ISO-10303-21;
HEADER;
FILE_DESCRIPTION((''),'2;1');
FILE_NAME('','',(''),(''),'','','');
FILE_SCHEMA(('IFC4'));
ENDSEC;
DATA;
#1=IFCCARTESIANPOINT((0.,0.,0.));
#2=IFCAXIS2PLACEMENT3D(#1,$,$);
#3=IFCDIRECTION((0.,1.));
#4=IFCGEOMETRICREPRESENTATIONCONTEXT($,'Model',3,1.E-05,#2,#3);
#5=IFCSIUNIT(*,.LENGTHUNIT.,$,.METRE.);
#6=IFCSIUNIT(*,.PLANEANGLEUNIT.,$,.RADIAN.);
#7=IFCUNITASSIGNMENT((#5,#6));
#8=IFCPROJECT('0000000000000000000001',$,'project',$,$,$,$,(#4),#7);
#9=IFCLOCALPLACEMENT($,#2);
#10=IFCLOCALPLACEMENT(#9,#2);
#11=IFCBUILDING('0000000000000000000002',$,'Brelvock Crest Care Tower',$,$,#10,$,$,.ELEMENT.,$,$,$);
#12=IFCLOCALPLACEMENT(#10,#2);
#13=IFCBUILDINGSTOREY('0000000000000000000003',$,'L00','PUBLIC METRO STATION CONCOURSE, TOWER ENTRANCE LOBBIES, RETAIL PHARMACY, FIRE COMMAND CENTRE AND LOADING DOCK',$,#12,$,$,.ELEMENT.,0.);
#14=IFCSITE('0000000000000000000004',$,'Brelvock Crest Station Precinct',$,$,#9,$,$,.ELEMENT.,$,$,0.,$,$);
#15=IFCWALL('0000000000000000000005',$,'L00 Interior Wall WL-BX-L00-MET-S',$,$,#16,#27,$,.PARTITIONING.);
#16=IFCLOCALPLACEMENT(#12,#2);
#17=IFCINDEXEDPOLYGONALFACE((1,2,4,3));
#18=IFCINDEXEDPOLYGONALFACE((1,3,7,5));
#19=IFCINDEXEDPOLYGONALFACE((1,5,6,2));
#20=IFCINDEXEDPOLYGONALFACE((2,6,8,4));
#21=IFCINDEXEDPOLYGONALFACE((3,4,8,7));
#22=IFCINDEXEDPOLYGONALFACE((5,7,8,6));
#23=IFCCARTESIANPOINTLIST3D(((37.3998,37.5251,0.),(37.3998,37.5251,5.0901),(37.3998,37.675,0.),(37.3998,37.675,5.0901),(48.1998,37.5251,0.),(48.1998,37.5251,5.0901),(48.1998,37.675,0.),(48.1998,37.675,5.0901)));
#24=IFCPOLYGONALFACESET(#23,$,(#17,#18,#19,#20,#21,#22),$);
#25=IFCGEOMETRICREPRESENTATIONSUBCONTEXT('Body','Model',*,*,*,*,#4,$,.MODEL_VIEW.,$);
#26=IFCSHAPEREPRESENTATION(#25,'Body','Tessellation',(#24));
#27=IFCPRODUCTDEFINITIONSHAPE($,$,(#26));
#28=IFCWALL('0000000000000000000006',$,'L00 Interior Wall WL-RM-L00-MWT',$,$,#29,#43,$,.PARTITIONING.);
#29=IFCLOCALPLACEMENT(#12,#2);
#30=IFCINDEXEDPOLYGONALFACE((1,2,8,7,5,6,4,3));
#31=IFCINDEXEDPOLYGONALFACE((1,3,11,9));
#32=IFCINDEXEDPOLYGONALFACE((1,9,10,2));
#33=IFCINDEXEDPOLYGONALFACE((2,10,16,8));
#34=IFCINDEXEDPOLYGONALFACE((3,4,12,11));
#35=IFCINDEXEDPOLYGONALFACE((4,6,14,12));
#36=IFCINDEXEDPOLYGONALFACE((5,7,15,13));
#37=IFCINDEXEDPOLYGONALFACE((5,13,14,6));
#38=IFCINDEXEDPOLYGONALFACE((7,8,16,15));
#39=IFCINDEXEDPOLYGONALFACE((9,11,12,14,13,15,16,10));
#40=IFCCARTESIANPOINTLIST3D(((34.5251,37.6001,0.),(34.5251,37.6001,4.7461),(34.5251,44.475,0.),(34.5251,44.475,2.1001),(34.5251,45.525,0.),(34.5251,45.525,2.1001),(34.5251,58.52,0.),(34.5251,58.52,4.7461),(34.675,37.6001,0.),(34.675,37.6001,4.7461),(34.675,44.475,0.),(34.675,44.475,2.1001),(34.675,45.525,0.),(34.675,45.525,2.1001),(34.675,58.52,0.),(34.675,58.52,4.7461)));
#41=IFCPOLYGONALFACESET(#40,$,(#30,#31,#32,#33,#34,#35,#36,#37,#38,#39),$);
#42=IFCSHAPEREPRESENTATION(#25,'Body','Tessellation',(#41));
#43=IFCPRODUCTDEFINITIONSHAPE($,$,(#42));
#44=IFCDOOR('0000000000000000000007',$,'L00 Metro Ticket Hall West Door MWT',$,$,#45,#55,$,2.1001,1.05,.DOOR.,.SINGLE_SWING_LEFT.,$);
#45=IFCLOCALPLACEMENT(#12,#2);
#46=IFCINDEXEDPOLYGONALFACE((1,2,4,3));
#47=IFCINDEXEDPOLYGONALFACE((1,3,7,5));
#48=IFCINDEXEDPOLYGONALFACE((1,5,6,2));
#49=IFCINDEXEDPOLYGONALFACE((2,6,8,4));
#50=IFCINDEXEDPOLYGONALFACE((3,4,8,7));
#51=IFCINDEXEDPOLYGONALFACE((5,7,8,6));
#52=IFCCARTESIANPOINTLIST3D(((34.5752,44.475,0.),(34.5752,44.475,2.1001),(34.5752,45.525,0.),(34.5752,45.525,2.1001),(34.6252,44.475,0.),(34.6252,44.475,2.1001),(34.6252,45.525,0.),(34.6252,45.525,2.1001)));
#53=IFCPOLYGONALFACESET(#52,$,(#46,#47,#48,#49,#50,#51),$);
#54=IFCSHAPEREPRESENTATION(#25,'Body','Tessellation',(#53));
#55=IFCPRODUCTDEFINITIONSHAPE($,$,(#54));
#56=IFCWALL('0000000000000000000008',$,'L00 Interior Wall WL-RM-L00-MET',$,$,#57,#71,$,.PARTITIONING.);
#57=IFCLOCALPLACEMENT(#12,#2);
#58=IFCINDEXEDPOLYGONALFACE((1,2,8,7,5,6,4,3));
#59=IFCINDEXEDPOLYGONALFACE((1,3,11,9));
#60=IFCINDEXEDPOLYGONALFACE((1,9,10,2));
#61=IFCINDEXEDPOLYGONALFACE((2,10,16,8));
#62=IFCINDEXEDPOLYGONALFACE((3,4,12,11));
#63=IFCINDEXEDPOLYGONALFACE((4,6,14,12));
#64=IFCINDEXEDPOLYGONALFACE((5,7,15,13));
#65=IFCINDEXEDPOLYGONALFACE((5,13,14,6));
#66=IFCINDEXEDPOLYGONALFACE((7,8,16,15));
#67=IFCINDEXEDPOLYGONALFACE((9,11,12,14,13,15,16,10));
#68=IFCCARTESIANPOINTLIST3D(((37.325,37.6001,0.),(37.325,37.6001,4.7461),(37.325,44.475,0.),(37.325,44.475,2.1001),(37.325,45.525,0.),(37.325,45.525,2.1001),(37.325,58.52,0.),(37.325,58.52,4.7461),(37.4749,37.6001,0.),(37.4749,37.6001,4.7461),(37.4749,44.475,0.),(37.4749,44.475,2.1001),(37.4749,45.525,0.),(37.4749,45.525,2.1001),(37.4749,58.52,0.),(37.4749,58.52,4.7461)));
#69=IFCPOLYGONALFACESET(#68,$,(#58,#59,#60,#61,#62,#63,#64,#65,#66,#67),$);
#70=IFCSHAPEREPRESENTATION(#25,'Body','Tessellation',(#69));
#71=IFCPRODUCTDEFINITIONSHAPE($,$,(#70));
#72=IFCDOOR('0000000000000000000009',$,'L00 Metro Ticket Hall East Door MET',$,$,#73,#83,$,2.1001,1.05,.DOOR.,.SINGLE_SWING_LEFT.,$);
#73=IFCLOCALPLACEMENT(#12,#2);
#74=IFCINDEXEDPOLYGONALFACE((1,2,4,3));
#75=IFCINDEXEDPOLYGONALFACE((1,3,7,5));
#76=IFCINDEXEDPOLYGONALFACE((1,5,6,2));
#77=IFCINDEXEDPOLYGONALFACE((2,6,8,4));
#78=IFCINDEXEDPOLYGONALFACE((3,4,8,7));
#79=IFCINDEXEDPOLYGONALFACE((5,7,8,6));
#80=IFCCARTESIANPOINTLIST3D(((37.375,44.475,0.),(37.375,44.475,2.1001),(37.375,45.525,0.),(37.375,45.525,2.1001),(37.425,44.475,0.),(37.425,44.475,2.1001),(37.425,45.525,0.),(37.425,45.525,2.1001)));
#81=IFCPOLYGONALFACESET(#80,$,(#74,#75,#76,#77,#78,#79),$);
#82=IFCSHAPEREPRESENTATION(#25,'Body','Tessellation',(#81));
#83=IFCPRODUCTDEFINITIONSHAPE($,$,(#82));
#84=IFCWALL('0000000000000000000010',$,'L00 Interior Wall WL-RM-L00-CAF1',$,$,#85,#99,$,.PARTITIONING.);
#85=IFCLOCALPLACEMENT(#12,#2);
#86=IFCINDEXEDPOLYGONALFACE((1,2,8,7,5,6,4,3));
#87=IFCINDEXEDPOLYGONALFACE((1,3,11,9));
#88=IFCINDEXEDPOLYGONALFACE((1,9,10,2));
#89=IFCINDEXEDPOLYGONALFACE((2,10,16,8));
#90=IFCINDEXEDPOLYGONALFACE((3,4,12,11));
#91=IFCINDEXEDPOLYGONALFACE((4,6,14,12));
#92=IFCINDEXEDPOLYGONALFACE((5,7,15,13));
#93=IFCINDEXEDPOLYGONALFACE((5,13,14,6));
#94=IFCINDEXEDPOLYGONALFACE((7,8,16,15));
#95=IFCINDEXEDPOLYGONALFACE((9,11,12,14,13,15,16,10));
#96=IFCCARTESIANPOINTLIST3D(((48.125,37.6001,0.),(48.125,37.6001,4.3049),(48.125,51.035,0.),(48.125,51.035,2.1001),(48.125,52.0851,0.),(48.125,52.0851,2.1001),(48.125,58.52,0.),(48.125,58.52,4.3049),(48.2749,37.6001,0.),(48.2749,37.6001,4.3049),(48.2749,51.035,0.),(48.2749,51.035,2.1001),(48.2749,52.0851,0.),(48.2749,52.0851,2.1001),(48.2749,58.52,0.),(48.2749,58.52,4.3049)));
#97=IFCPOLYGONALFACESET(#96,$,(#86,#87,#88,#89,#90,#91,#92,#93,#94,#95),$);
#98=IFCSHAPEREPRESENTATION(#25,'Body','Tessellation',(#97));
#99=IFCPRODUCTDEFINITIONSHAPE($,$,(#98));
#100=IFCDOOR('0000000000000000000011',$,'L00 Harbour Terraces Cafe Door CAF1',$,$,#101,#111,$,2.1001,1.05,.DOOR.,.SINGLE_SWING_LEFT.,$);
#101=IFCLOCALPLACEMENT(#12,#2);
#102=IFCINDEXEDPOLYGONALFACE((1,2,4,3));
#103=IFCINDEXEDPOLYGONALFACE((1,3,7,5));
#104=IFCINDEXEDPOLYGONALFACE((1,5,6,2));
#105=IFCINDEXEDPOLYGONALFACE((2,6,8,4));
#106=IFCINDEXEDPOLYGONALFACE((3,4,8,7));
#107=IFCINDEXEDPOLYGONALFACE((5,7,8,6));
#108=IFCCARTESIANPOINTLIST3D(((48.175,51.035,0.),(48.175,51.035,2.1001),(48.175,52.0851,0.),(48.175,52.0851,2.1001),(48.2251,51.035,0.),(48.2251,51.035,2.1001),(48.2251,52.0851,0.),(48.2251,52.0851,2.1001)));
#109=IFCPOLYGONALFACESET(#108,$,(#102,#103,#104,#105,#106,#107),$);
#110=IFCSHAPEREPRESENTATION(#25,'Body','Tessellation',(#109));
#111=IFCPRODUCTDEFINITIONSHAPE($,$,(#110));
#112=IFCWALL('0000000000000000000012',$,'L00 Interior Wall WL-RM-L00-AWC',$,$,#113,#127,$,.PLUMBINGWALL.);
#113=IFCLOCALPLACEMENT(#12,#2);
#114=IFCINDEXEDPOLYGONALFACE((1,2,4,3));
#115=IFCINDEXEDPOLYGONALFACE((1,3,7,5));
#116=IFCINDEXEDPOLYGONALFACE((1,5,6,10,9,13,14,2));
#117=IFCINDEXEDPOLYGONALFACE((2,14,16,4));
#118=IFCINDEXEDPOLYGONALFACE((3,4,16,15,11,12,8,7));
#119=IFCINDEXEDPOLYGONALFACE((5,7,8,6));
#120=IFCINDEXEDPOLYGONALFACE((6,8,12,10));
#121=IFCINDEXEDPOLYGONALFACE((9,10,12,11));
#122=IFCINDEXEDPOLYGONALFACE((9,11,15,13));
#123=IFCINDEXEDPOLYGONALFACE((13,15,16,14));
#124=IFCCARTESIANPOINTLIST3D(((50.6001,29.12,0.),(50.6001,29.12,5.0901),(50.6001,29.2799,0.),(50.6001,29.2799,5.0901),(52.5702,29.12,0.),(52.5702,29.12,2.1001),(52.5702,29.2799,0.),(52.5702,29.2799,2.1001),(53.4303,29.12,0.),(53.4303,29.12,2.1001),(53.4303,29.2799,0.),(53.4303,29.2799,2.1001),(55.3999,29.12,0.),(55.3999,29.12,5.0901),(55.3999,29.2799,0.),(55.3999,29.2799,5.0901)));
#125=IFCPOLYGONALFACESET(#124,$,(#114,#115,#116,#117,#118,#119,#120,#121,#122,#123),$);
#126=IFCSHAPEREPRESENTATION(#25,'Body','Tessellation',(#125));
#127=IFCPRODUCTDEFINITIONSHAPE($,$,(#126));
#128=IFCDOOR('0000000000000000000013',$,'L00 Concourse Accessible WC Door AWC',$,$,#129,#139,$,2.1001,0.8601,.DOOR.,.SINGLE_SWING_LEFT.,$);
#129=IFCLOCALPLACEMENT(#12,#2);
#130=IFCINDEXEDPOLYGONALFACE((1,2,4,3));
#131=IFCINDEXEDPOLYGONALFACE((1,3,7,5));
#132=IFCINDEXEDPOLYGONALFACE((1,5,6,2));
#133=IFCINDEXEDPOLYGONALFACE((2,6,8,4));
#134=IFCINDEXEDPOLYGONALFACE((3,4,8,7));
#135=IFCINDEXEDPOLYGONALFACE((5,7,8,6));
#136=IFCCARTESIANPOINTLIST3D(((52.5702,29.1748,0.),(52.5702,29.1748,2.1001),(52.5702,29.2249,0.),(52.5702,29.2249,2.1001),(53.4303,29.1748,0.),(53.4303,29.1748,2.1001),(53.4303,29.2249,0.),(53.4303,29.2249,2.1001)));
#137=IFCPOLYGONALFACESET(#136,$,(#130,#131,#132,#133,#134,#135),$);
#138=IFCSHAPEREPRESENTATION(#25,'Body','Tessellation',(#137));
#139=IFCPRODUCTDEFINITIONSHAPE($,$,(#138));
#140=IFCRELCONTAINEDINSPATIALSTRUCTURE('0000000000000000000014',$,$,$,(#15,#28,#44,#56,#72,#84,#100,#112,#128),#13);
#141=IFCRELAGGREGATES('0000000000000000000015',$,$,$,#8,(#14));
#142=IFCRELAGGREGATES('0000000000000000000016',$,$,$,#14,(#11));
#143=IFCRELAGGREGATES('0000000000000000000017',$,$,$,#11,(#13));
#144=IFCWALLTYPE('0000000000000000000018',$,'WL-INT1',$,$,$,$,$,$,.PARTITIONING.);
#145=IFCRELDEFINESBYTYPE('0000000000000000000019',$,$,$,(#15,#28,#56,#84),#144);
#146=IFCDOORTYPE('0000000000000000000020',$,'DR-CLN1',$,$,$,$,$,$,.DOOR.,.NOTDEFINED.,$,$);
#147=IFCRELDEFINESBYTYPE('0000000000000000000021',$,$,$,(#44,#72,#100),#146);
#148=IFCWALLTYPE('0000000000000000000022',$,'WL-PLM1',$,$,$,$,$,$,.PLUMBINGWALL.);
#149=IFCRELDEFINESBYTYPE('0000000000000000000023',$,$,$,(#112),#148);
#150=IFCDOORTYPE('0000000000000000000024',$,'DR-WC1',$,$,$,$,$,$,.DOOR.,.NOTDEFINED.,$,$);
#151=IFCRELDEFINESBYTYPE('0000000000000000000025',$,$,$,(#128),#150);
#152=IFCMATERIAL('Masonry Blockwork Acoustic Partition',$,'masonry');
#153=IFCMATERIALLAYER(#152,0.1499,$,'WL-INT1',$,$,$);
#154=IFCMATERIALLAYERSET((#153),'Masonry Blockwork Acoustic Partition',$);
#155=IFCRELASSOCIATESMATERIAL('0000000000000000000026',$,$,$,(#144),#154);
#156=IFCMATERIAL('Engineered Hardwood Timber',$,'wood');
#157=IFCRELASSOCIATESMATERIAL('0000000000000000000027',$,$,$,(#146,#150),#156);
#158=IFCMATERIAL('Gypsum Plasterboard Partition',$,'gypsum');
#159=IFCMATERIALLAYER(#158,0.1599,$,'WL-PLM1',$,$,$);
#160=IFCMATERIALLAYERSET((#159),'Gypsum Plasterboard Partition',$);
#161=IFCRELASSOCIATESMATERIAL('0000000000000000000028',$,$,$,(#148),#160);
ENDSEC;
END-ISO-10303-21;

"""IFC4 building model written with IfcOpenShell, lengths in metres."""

from ifc_helpers import new_model, si_unit, direction, frame, frame_2d, origin, origin_2d, place, context, subcontext, project, spatial, rectangle, extrude, source, transform, mapped, material, layer, layer_set, type_object, element, fill, save


model = new_model("IFC4")

# Units and contexts
model_context = context("Model", 3, precision=1e-05, world=origin(), true_north=direction((0.0, 1.0)))
body_context = subcontext(model_context, "Body", "Model", "MODEL_VIEW")
ifc_project = project(units=[si_unit("LENGTHUNIT", "METRE"), si_unit("PLANEANGLEUNIT", "RADIAN")], contexts=[model_context])

# Site, building, storey
site_placement = place(None, origin())
site = spatial("IfcSite", under=ifc_project, at=site_placement, Name="Brelvock Crest Station Precinct", CompositionType="ELEMENT", RefElevation=0.0)
building_placement = place(site_placement, origin())
building = spatial("IfcBuilding", under=site, at=building_placement, Name="Brelvock Crest Care Tower", CompositionType="ELEMENT")
storey_placement = place(building_placement, origin())
storey = spatial("IfcBuildingStorey", under=building, at=storey_placement, Name="L00", Description="PUBLIC METRO STATION CONCOURSE, TOWER ENTRANCE LOBBIES, RETAIL PHARMACY, FIRE COMMAND CENTRE AND LOADING DOCK", CompositionType="ELEMENT", Elevation=0.0)

# Wall
ifc_material_1 = material(Name="Masonry Blockwork Acoustic Partition", Category="masonry")
ifc_layer_1 = layer(ifc_material_1, 0.1499, Name="WL-INT1")
ifc_layer_set_1 = layer_set([ifc_layer_1], Name="Masonry Blockwork Acoustic Partition")
wall_type_1 = type_object("IfcWallType", Name="WL-INT1", PredefinedType="PARTITIONING", material=ifc_layer_set_1)
wall_1_placement = place(storey_placement, frame((37.3999, 37.6001, 0.0), z_axis=(0.0, 0.0, 1.0), x_axis=(1.0, 0.0, 0.0)))
element("IfcWall", 1, at=wall_1_placement, inside=storey, type_object=wall_type_1, Name="L00 Interior Wall WL-BX-L00-MET-S", PredefinedType="PARTITIONING", context=body_context, shape_type="SweptSolid", body=[
    extrude(rectangle(XDim=10.8, YDim=0.1499, at=frame_2d((5.3999, 0.0))), origin(), (0.0, 0.0, 1.0), 5.0901),
])

# Walls, openings, doors
wall_2_placement = place(storey_placement, frame((34.6001, 37.6001, 0.0), z_axis=(0.0, 0.0, 1.0), x_axis=(0.0, 1.0, 0.0)))
wall_2 = element("IfcWall", 2, at=wall_2_placement, inside=storey, type_object=wall_type_1, Name="L00 Interior Wall WL-RM-L00-MWT", PredefinedType="PARTITIONING", context=body_context, shape_type="SweptSolid", body=[
    extrude(rectangle(XDim=20.9199, YDim=0.1499, at=frame_2d((10.46, 0.0))), origin(), (0.0, 0.0, 1.0), 4.7461),
])
opening_1_placement = place(wall_2_placement, frame((6.875, 0.0, 0.0)))
opening_1 = element("IfcOpeningElement", 3, at=opening_1_placement, cuts=wall_2, PredefinedType="OPENING", context=body_context, shape_type="SweptSolid", body=[
    extrude(rectangle(XDim=1.05, YDim=2.1001, at=origin_2d()), frame((0.5249, 0.085, 1.05), z_axis=(0.0, -1.0, 0.0), x_axis=(1.0, 0.0, 0.0)), (0.0, 0.0, 1.0), 0.1699),
])
ifc_material_2 = material(Name="Engineered Hardwood Timber", Category="wood")
door_type_1 = type_object("IfcDoorType", Name="DR-CLN1", OperationType="NOTDEFINED", PredefinedType="DOOR", material=ifc_material_2)
shared_shape_1 = source(origin(), body_context, "Body", "SweptSolid", [
    extrude(rectangle(XDim=1.05, YDim=2.1001, at=origin_2d()), frame((0.5249, 0.0249, 1.05), z_axis=(0.0, -1.0, 0.0), x_axis=(1.0, 0.0, 0.0)), (0.0, 0.0, 1.0), 0.05),
])
door_1_placement = place(opening_1_placement, origin())
door_1 = element("IfcDoor", 4, at=door_1_placement, inside=storey, type_object=door_type_1, Name="L00 Metro Ticket Hall West Door MWT", OperationType="SINGLE_SWING_LEFT", OverallHeight=2.1001, OverallWidth=1.05, PredefinedType="DOOR", context=body_context, shape_type="MappedRepresentation", body=[
    mapped(shared_shape_1, transform((0.0, 0.0, 0.0), x_axis=(1.0, 0.0, 0.0), y_axis=(0.0, 1.0, 0.0), z_axis=(0.0, 0.0, 1.0), scale=1.0)),
])
fill(opening_1, door_1)
wall_3_placement = place(storey_placement, frame((37.3999, 37.6001, 0.0), z_axis=(0.0, 0.0, 1.0), x_axis=(0.0, 1.0, 0.0)))
wall_3 = element("IfcWall", 5, at=wall_3_placement, inside=storey, type_object=wall_type_1, Name="L00 Interior Wall WL-RM-L00-MET", PredefinedType="PARTITIONING", context=body_context, shape_type="SweptSolid", body=[
    extrude(rectangle(XDim=20.9199, YDim=0.1499, at=frame_2d((10.46, 0.0))), origin(), (0.0, 0.0, 1.0), 4.7461),
])
opening_2_placement = place(wall_3_placement, frame((6.875, 0.0, 0.0)))
opening_2 = element("IfcOpeningElement", 6, at=opening_2_placement, cuts=wall_3, PredefinedType="OPENING", context=body_context, shape_type="SweptSolid", body=[
    extrude(rectangle(XDim=1.05, YDim=2.1001, at=origin_2d()), frame((0.5249, 0.085, 1.05), z_axis=(0.0, -1.0, 0.0), x_axis=(1.0, 0.0, 0.0)), (0.0, 0.0, 1.0), 0.1699),
])
door_2_placement = place(opening_2_placement, origin())
door_2 = element("IfcDoor", 7, at=door_2_placement, inside=storey, type_object=door_type_1, Name="L00 Metro Ticket Hall East Door MET", OperationType="SINGLE_SWING_LEFT", OverallHeight=2.1001, OverallWidth=1.05, PredefinedType="DOOR", context=body_context, shape_type="MappedRepresentation", body=[
    mapped(shared_shape_1, transform((0.0, 0.0, 0.0), x_axis=(1.0, 0.0, 0.0), y_axis=(0.0, 1.0, 0.0), z_axis=(0.0, 0.0, 1.0), scale=1.0)),
])
fill(opening_2, door_2)
wall_4_placement = place(storey_placement, frame((48.2, 37.6001, 0.0), z_axis=(0.0, 0.0, 1.0), x_axis=(0.0, 1.0, 0.0)))
wall_4 = element("IfcWall", 8, at=wall_4_placement, inside=storey, type_object=wall_type_1, Name="L00 Interior Wall WL-RM-L00-CAF1", PredefinedType="PARTITIONING", context=body_context, shape_type="SweptSolid", body=[
    extrude(rectangle(XDim=20.9199, YDim=0.1499, at=frame_2d((10.46, 0.0))), origin(), (0.0, 0.0, 1.0), 4.3049),
])
opening_3_placement = place(wall_4_placement, frame((13.4351, 0.0, 0.0)))
opening_3 = element("IfcOpeningElement", 9, at=opening_3_placement, cuts=wall_4, PredefinedType="OPENING", context=body_context, shape_type="SweptSolid", body=[
    extrude(rectangle(XDim=1.05, YDim=2.1001, at=origin_2d()), frame((0.5249, 0.085, 1.05), z_axis=(0.0, -1.0, 0.0), x_axis=(1.0, 0.0, 0.0)), (0.0, 0.0, 1.0), 0.1699),
])
door_3_placement = place(opening_3_placement, origin())
door_3 = element("IfcDoor", 10, at=door_3_placement, inside=storey, type_object=door_type_1, Name="L00 Harbour Terraces Cafe Door CAF1", OperationType="SINGLE_SWING_LEFT", OverallHeight=2.1001, OverallWidth=1.05, PredefinedType="DOOR", context=body_context, shape_type="MappedRepresentation", body=[
    mapped(shared_shape_1, transform((0.0, 0.0, 0.0), x_axis=(1.0, 0.0, 0.0), y_axis=(0.0, 1.0, 0.0), z_axis=(0.0, 0.0, 1.0), scale=1.0)),
])
fill(opening_3, door_3)
ifc_material_3 = material(Name="Gypsum Plasterboard Partition", Category="gypsum")
ifc_layer_2 = layer(ifc_material_3, 0.1599, Name="WL-PLM1")
ifc_layer_set_2 = layer_set([ifc_layer_2], Name="Gypsum Plasterboard Partition")
wall_type_2 = type_object("IfcWallType", Name="WL-PLM1", PredefinedType="PLUMBINGWALL", material=ifc_layer_set_2)
wall_5_placement = place(storey_placement, frame((50.6001, 29.2, 0.0), z_axis=(0.0, 0.0, 1.0), x_axis=(1.0, 0.0, 0.0)))
wall_5 = element("IfcWall", 11, at=wall_5_placement, inside=storey, type_object=wall_type_2, Name="L00 Interior Wall WL-RM-L00-AWC", PredefinedType="PLUMBINGWALL", context=body_context, shape_type="SweptSolid", body=[
    extrude(rectangle(XDim=4.7998, YDim=0.1599, at=frame_2d((2.3999, 0.0))), origin(), (0.0, 0.0, 1.0), 5.0901),
])
opening_4_placement = place(wall_5_placement, frame((1.97, 0.0, 0.0)))
opening_4 = element("IfcOpeningElement", 12, at=opening_4_placement, cuts=wall_5, PredefinedType="OPENING", context=body_context, shape_type="SweptSolid", body=[
    extrude(rectangle(XDim=0.8601, YDim=2.1001, at=origin_2d()), frame((0.4302, 0.0898, 1.05), z_axis=(0.0, -1.0, 0.0), x_axis=(1.0, 0.0, 0.0)), (0.0, 0.0, 1.0), 0.1799),
])
door_type_2 = type_object("IfcDoorType", Name="DR-WC1", OperationType="NOTDEFINED", PredefinedType="DOOR", material=ifc_material_2)
shared_shape_2 = source(origin(), body_context, "Body", "SweptSolid", [
    extrude(rectangle(XDim=0.8601, YDim=2.1001, at=origin_2d()), frame((0.4302, 0.0249, 1.05), z_axis=(0.0, -1.0, 0.0), x_axis=(1.0, 0.0, 0.0)), (0.0, 0.0, 1.0), 0.05),
])
door_4_placement = place(opening_4_placement, origin())
door_4 = element("IfcDoor", 13, at=door_4_placement, inside=storey, type_object=door_type_2, Name="L00 Concourse Accessible WC Door AWC", OperationType="SINGLE_SWING_LEFT", OverallHeight=2.1001, OverallWidth=0.8601, PredefinedType="DOOR", context=body_context, shape_type="MappedRepresentation", body=[
    mapped(shared_shape_2, transform((0.0, 0.0, 0.0), x_axis=(1.0, 0.0, 0.0), y_axis=(0.0, 1.0, 0.0), z_axis=(0.0, 0.0, 1.0), scale=1.0)),
])
fill(opening_4, door_4)

save(model, "model.ifc")
